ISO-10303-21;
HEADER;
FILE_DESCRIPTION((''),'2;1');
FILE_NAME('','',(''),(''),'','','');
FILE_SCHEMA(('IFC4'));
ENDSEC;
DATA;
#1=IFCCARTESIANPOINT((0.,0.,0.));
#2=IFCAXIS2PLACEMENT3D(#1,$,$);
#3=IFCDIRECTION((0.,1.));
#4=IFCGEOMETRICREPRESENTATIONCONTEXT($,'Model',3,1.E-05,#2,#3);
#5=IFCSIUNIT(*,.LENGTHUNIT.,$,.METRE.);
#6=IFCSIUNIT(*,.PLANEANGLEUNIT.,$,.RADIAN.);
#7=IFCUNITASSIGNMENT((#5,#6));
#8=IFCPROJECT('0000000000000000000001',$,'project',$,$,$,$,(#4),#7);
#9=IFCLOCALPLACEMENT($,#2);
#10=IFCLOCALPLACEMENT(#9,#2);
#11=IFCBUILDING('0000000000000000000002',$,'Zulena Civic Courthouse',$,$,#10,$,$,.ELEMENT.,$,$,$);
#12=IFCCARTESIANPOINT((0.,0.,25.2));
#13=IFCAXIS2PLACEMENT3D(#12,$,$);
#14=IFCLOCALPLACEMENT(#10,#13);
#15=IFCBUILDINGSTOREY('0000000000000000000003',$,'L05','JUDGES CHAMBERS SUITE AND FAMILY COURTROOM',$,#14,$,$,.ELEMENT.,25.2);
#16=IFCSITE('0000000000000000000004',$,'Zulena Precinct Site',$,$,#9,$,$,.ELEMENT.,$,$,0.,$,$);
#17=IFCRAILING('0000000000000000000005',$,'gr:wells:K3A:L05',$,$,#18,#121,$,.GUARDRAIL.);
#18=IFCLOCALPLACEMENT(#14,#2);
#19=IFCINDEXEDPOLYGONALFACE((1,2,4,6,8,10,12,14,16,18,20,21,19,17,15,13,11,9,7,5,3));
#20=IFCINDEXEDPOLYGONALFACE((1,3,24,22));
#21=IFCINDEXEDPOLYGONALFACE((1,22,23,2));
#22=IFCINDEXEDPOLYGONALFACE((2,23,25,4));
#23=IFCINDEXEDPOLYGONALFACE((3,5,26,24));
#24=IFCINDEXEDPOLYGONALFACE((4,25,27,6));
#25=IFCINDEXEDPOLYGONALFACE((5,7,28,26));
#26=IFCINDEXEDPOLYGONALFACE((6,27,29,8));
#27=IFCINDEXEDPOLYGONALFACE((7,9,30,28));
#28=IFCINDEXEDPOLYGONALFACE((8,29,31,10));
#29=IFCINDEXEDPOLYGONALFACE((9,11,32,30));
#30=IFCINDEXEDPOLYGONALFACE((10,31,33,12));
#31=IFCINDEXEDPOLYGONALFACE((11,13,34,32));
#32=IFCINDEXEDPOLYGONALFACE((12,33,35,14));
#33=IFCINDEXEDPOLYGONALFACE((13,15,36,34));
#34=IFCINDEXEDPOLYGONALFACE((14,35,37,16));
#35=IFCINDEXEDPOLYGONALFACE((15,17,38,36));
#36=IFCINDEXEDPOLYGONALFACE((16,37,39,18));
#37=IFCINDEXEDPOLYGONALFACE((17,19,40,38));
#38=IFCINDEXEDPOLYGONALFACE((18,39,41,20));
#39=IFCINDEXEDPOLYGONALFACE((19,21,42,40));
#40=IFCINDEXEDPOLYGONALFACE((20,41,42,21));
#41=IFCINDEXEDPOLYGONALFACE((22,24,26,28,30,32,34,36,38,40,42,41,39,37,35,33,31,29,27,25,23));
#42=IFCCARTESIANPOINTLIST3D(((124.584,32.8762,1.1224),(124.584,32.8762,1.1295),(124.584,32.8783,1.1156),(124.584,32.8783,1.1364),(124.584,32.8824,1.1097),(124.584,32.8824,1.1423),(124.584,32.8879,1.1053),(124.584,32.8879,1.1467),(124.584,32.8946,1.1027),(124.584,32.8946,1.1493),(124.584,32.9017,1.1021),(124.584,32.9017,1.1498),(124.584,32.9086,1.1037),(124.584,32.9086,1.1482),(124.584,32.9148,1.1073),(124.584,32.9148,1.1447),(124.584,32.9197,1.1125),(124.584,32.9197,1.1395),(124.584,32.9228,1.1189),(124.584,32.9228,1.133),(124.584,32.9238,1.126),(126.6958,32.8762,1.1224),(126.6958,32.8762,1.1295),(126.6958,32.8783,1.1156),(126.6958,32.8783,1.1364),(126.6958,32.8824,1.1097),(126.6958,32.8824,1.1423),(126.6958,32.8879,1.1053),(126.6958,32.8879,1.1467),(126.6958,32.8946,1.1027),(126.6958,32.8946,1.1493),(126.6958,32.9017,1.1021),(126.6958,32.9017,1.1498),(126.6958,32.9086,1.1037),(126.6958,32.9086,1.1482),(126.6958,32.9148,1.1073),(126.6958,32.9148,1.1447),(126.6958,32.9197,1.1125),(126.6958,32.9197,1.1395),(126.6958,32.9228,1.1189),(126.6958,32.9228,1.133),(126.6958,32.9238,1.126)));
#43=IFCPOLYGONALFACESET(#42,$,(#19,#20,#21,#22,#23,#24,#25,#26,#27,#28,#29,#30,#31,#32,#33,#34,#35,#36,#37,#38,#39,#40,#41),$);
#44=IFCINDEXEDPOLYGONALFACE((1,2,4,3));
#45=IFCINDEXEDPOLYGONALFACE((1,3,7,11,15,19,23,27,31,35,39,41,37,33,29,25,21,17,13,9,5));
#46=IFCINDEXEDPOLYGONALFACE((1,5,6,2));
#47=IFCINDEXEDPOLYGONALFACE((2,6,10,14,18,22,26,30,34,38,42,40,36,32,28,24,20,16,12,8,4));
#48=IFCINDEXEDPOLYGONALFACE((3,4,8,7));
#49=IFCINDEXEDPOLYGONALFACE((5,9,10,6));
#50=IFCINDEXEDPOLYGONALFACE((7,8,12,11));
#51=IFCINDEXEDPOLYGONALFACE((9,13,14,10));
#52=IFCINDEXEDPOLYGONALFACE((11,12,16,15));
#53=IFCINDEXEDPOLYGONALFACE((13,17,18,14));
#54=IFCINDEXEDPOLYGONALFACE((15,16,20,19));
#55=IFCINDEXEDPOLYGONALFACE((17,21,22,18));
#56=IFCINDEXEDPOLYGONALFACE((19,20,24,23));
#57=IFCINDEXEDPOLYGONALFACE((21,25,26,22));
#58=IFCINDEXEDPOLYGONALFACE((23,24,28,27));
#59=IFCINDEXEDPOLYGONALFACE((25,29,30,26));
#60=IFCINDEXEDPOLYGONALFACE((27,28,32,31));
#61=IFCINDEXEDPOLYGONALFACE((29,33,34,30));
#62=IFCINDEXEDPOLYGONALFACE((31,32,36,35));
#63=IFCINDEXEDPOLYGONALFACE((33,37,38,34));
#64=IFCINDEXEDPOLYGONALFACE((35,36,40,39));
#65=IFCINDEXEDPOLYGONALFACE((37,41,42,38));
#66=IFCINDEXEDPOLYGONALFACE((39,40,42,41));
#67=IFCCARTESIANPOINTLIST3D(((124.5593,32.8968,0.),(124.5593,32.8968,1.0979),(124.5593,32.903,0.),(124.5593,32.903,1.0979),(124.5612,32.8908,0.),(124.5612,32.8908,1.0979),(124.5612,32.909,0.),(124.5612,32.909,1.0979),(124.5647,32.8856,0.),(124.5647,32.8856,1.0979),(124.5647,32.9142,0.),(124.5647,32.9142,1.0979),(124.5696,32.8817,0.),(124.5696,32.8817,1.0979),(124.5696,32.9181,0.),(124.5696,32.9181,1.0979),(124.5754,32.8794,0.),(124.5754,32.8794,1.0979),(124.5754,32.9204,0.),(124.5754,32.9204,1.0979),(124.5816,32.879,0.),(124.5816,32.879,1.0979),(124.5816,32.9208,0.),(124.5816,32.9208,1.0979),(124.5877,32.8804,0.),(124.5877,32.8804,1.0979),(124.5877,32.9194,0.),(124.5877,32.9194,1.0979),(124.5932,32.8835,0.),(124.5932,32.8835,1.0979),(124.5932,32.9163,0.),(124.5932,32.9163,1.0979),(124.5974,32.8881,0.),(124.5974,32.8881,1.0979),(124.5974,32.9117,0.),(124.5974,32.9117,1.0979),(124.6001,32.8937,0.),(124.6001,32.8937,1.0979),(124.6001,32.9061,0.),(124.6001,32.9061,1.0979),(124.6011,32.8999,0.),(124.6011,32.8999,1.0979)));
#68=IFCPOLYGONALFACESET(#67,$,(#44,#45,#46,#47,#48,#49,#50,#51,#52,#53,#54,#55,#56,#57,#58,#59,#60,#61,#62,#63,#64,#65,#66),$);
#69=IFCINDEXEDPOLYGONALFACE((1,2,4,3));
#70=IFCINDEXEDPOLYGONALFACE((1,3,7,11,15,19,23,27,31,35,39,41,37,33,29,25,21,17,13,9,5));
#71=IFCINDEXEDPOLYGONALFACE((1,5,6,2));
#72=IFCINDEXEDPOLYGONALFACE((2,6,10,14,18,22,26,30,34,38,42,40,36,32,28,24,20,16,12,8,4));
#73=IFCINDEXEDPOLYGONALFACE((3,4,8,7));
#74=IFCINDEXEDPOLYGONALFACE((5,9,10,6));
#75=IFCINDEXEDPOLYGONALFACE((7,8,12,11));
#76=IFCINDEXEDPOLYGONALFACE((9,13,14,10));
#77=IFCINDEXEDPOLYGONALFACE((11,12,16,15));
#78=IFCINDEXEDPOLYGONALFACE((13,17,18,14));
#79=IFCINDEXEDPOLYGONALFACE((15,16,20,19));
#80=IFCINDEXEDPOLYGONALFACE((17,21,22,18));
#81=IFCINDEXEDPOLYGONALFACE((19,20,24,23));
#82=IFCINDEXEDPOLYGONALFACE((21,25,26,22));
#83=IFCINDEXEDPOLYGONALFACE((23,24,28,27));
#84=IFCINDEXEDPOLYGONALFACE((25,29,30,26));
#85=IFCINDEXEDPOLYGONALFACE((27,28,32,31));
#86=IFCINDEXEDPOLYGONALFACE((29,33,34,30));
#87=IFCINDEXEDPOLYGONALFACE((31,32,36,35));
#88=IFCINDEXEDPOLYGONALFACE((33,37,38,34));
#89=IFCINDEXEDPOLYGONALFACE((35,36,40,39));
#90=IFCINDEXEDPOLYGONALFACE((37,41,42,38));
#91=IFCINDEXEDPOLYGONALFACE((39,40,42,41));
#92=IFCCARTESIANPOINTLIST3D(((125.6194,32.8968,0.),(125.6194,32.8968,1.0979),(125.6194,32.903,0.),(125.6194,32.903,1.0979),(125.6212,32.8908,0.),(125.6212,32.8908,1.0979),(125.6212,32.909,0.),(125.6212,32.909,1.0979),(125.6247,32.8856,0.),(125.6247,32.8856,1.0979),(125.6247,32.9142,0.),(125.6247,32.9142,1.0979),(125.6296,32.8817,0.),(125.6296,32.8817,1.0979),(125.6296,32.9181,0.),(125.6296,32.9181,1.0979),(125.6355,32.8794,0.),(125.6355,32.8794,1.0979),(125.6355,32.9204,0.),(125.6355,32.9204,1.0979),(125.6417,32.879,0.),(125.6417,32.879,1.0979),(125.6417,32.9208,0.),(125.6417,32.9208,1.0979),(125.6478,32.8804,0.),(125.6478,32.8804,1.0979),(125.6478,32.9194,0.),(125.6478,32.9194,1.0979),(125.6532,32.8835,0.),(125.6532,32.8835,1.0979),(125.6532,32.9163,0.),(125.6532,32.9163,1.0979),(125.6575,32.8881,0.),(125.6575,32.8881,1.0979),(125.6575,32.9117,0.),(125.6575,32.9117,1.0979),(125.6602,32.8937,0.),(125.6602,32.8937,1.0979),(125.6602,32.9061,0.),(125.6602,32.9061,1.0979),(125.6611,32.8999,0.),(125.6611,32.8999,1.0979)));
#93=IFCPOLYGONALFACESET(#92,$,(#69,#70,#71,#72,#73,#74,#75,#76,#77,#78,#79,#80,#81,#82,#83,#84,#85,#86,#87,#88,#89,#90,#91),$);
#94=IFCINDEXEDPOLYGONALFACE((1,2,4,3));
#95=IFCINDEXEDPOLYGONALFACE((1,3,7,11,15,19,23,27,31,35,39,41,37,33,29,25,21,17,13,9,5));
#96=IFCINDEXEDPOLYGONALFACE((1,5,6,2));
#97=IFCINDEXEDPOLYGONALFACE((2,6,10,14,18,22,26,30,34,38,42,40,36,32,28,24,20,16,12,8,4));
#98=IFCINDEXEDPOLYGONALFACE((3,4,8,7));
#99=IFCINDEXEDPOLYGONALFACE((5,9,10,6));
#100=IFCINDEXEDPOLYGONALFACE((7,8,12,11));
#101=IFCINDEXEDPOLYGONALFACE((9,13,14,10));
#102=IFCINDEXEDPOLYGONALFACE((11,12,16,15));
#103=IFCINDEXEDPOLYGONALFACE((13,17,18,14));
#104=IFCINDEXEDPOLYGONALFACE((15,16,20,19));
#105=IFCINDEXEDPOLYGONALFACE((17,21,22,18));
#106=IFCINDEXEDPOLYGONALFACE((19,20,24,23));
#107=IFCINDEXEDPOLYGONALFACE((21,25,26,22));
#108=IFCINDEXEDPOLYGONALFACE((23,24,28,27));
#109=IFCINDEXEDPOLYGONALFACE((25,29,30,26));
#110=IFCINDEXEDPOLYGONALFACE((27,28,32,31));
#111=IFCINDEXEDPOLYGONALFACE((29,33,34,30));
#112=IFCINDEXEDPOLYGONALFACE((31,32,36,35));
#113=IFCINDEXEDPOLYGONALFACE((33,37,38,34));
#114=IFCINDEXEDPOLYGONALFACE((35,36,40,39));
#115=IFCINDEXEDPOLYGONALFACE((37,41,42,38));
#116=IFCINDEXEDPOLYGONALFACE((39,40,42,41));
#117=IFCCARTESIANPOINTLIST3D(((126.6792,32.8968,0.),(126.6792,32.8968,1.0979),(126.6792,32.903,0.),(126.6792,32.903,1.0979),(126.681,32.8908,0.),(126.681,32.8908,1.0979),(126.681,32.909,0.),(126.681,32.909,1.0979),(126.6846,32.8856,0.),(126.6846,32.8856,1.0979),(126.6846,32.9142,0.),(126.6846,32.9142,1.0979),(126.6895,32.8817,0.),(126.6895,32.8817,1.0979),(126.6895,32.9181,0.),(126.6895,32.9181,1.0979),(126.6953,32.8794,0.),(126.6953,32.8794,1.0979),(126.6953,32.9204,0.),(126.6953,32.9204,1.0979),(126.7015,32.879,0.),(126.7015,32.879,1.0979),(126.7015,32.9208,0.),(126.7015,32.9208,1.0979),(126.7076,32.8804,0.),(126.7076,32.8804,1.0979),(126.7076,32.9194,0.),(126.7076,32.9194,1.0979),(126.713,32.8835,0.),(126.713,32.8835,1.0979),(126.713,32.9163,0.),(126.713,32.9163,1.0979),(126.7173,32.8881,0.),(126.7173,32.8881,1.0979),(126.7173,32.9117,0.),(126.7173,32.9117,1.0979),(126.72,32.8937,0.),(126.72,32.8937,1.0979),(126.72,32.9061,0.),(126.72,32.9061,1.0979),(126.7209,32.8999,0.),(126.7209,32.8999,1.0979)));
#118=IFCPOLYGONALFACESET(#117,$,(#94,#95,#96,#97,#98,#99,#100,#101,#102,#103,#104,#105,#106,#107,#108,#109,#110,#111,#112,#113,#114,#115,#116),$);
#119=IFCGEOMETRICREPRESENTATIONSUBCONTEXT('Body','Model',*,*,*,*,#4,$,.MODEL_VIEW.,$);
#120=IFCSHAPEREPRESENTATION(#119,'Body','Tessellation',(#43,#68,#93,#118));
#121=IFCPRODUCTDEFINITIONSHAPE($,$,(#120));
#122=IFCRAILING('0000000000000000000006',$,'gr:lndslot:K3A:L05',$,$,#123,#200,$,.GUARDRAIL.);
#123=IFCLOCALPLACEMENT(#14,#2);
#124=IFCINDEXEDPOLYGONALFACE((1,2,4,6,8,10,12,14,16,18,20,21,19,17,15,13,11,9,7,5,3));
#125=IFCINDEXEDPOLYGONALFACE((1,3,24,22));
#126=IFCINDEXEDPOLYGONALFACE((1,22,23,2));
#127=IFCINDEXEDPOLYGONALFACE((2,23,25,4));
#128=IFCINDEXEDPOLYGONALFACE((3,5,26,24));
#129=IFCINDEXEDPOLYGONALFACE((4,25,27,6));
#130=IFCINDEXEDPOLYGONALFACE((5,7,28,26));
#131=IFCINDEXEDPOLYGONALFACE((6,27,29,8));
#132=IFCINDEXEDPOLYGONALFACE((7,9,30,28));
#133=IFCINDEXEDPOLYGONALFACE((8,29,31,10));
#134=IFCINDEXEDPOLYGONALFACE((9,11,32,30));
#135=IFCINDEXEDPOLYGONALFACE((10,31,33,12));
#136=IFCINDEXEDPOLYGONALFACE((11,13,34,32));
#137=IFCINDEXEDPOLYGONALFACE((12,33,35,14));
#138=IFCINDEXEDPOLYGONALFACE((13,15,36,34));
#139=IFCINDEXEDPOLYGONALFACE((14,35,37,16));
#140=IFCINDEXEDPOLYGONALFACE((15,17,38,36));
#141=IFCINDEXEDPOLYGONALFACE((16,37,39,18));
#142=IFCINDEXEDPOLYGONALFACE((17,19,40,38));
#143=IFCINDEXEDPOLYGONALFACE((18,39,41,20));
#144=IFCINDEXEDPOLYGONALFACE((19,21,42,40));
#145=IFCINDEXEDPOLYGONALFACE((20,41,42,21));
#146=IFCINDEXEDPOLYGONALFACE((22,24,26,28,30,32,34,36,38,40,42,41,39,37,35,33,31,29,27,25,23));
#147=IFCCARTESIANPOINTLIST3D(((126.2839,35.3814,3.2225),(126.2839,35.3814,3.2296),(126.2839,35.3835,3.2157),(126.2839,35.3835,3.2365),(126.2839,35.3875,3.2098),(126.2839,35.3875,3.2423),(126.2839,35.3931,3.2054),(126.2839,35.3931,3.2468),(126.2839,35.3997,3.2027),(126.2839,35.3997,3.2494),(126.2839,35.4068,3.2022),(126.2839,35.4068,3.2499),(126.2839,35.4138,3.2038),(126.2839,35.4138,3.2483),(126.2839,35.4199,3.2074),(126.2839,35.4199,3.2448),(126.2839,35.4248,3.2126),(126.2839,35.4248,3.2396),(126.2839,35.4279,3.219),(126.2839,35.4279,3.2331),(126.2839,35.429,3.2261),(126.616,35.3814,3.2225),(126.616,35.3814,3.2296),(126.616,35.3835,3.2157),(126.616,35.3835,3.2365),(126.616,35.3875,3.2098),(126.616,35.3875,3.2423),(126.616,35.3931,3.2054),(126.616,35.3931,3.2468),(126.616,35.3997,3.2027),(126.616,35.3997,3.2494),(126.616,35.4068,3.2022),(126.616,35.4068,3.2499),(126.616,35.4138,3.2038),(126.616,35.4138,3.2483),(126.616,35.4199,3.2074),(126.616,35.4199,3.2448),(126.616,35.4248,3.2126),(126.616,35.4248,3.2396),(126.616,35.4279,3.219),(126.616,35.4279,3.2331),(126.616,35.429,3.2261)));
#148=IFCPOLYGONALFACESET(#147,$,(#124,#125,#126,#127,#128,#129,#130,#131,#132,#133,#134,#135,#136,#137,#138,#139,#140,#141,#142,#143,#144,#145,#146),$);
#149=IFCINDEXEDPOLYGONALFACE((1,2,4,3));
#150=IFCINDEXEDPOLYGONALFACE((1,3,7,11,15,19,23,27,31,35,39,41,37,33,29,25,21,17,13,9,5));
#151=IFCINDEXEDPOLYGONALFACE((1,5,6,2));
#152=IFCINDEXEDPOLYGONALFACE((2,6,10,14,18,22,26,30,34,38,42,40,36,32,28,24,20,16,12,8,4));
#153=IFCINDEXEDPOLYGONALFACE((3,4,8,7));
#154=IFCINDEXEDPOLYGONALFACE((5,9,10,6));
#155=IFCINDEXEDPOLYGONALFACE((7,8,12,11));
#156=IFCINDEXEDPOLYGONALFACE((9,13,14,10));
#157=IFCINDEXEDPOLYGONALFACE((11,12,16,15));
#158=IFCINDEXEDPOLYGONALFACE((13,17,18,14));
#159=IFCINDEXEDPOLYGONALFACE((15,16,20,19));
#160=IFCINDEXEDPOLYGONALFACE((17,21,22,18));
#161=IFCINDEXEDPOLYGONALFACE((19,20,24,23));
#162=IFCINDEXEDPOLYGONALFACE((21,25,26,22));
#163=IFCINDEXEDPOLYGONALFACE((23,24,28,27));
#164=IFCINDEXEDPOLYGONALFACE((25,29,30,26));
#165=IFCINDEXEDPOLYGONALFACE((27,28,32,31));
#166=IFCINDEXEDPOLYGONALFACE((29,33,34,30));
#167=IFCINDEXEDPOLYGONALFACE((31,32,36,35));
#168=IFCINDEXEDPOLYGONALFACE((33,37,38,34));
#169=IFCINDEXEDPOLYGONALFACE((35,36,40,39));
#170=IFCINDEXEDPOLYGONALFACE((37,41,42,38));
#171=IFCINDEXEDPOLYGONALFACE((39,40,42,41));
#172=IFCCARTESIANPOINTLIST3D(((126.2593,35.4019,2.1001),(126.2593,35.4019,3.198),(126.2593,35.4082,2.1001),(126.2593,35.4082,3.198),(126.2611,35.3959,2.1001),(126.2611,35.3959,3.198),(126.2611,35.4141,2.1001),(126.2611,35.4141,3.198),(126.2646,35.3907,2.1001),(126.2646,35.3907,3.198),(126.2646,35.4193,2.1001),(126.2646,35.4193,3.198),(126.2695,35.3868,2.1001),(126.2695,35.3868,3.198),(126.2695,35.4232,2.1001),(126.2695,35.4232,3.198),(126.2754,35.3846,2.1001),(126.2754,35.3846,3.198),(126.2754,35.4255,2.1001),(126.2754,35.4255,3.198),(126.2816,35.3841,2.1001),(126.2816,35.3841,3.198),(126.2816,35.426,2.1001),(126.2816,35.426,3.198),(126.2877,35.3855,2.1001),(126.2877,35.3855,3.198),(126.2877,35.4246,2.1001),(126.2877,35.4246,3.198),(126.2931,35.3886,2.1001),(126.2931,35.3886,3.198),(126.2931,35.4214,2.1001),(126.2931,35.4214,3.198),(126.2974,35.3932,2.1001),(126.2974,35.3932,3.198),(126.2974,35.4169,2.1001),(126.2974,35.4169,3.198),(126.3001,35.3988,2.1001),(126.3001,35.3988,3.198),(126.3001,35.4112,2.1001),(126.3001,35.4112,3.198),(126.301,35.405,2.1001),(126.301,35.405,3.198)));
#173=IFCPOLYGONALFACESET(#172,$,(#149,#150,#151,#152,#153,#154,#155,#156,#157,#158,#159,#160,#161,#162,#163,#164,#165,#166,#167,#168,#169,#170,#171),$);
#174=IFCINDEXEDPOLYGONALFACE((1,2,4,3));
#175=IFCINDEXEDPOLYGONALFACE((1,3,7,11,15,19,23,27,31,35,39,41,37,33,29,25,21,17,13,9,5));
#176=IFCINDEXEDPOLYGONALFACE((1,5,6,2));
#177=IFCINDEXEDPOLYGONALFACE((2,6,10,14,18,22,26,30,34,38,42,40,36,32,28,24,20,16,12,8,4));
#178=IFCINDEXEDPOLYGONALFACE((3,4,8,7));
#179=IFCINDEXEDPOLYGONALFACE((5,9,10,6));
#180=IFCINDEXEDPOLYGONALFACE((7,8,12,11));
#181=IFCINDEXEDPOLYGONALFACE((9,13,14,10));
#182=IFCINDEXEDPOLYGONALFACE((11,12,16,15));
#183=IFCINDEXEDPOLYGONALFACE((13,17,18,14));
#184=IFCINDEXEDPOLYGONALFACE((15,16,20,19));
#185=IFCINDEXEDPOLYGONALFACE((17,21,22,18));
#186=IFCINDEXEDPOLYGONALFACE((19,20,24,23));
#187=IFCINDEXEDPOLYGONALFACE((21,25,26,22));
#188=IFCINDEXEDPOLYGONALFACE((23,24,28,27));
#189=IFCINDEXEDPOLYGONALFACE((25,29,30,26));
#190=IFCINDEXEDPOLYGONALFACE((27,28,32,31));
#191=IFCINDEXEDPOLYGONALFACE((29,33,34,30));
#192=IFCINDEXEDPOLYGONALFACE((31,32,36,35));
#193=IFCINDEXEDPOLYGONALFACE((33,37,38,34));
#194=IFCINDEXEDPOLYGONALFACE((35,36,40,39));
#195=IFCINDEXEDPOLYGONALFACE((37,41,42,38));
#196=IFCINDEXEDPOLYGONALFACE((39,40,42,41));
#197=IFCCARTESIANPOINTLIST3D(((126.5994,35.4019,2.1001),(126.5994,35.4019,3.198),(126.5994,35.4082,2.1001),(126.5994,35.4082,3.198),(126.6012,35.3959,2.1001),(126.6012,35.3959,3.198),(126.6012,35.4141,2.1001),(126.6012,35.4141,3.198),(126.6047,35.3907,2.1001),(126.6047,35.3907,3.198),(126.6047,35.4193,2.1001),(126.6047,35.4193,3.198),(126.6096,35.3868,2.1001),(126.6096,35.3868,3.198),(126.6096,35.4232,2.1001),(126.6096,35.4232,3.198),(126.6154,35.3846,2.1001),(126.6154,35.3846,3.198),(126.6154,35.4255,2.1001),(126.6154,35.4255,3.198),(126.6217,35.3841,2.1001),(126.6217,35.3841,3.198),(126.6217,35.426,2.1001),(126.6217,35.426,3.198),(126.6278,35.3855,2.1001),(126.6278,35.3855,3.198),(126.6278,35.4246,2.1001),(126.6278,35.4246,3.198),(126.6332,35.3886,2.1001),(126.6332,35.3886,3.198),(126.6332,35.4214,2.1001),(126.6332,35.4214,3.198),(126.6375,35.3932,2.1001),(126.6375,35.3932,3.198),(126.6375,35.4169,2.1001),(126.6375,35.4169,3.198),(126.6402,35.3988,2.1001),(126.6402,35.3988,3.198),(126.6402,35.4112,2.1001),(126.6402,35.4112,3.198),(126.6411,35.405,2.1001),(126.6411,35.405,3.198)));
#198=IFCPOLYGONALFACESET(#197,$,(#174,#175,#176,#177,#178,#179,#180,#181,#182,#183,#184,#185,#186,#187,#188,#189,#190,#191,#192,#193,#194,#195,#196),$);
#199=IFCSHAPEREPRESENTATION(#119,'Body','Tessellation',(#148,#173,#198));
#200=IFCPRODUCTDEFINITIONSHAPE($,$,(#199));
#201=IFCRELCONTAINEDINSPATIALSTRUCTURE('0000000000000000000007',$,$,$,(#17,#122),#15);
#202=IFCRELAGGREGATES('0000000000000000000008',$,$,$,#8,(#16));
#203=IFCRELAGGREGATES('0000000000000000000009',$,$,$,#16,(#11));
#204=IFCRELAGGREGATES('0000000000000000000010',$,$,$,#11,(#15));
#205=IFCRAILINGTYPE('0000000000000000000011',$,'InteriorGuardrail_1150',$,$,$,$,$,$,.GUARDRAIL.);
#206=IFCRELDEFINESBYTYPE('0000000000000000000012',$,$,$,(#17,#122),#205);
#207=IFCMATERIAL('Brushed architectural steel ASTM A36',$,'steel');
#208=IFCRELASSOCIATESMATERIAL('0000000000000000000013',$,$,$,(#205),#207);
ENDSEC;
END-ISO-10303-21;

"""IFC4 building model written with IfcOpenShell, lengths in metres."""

from ifc_helpers import new_model, si_unit, direction, frame, origin, origin_2d, place, context, subcontext, project, spatial, circle, extrude, material, type_object, element, save


model = new_model("IFC4")

# Units and contexts
model_context = context("Model", 3, precision=1e-05, world=origin(), true_north=direction((0.0, 1.0)))
body_context = subcontext(model_context, "Body", "Model", "MODEL_VIEW")
ifc_project = project(units=[si_unit("LENGTHUNIT", "METRE"), si_unit("PLANEANGLEUNIT", "RADIAN")], contexts=[model_context])

# Site, building, storey
site_placement = place(None, origin())
site = spatial("IfcSite", under=ifc_project, at=site_placement, Name="Zulena Precinct Site", CompositionType="ELEMENT", RefElevation=0.0)
building_placement = place(site_placement, origin())
building = spatial("IfcBuilding", under=site, at=building_placement, Name="Zulena Civic Courthouse", CompositionType="ELEMENT")
storey_placement = place(building_placement, frame((0.0, 0.0, 25.2)))
storey = spatial("IfcBuildingStorey", under=building, at=storey_placement, Name="L05", Description="JUDGES CHAMBERS SUITE AND FAMILY COURTROOM", CompositionType="ELEMENT", Elevation=25.2)

# Railings
ifc_material_1 = material(Name="Brushed architectural steel ASTM A36", Category="steel")
railing_type_1 = type_object("IfcRailingType", Name="InteriorGuardrail_1150", PredefinedType="GUARDRAIL", material=ifc_material_1)
railing_1_placement = place(storey_placement, frame((124.5801, 32.8999, 0.0)))
element("IfcRailing", 1, at=railing_1_placement, inside=storey, type_object=railing_type_1, Name="gr:wells:K3A:L05", PredefinedType="GUARDRAIL", context=body_context, shape_type="SweptSolid", body=[
    extrude(circle(Radius=0.0239, at=origin_2d()), frame((0.0039, 0.0, 1.126), z_axis=(1.0, 0.0, 0.0), x_axis=(0.0, 1.0, 0.0)), (0.0, 0.0, 1.0), 2.1118),
    extrude(circle(Radius=0.021, at=origin_2d()), origin(), (0.0, 0.0, 1.0), 1.0979),
    extrude(circle(Radius=0.021, at=origin_2d()), frame((1.0601, 0.0, 0.0)), (0.0, 0.0, 1.0), 1.0979),
    extrude(circle(Radius=0.021, at=origin_2d()), frame((2.1199, 0.0, 0.0)), (0.0, 0.0, 1.0), 1.0979),
])
railing_2_placement = place(storey_placement, frame((126.28, 35.405, 2.1001)))
element("IfcRailing", 2, at=railing_2_placement, inside=storey, type_object=railing_type_1, Name="gr:lndslot:K3A:L05", PredefinedType="GUARDRAIL", context=body_context, shape_type="SweptSolid", body=[
    extrude(circle(Radius=0.0239, at=origin_2d()), frame((0.0039, 0.0, 1.126), z_axis=(1.0, 0.0, 0.0), x_axis=(0.0, 1.0, 0.0)), (0.0, 0.0, 1.0), 0.332),
    extrude(circle(Radius=0.021, at=origin_2d()), origin(), (0.0, 0.0, 1.0), 1.0979),
    extrude(circle(Radius=0.021, at=origin_2d()), frame((0.3401, 0.0, 0.0)), (0.0, 0.0, 1.0), 1.0979),
])

save(model, "model.ifc")
